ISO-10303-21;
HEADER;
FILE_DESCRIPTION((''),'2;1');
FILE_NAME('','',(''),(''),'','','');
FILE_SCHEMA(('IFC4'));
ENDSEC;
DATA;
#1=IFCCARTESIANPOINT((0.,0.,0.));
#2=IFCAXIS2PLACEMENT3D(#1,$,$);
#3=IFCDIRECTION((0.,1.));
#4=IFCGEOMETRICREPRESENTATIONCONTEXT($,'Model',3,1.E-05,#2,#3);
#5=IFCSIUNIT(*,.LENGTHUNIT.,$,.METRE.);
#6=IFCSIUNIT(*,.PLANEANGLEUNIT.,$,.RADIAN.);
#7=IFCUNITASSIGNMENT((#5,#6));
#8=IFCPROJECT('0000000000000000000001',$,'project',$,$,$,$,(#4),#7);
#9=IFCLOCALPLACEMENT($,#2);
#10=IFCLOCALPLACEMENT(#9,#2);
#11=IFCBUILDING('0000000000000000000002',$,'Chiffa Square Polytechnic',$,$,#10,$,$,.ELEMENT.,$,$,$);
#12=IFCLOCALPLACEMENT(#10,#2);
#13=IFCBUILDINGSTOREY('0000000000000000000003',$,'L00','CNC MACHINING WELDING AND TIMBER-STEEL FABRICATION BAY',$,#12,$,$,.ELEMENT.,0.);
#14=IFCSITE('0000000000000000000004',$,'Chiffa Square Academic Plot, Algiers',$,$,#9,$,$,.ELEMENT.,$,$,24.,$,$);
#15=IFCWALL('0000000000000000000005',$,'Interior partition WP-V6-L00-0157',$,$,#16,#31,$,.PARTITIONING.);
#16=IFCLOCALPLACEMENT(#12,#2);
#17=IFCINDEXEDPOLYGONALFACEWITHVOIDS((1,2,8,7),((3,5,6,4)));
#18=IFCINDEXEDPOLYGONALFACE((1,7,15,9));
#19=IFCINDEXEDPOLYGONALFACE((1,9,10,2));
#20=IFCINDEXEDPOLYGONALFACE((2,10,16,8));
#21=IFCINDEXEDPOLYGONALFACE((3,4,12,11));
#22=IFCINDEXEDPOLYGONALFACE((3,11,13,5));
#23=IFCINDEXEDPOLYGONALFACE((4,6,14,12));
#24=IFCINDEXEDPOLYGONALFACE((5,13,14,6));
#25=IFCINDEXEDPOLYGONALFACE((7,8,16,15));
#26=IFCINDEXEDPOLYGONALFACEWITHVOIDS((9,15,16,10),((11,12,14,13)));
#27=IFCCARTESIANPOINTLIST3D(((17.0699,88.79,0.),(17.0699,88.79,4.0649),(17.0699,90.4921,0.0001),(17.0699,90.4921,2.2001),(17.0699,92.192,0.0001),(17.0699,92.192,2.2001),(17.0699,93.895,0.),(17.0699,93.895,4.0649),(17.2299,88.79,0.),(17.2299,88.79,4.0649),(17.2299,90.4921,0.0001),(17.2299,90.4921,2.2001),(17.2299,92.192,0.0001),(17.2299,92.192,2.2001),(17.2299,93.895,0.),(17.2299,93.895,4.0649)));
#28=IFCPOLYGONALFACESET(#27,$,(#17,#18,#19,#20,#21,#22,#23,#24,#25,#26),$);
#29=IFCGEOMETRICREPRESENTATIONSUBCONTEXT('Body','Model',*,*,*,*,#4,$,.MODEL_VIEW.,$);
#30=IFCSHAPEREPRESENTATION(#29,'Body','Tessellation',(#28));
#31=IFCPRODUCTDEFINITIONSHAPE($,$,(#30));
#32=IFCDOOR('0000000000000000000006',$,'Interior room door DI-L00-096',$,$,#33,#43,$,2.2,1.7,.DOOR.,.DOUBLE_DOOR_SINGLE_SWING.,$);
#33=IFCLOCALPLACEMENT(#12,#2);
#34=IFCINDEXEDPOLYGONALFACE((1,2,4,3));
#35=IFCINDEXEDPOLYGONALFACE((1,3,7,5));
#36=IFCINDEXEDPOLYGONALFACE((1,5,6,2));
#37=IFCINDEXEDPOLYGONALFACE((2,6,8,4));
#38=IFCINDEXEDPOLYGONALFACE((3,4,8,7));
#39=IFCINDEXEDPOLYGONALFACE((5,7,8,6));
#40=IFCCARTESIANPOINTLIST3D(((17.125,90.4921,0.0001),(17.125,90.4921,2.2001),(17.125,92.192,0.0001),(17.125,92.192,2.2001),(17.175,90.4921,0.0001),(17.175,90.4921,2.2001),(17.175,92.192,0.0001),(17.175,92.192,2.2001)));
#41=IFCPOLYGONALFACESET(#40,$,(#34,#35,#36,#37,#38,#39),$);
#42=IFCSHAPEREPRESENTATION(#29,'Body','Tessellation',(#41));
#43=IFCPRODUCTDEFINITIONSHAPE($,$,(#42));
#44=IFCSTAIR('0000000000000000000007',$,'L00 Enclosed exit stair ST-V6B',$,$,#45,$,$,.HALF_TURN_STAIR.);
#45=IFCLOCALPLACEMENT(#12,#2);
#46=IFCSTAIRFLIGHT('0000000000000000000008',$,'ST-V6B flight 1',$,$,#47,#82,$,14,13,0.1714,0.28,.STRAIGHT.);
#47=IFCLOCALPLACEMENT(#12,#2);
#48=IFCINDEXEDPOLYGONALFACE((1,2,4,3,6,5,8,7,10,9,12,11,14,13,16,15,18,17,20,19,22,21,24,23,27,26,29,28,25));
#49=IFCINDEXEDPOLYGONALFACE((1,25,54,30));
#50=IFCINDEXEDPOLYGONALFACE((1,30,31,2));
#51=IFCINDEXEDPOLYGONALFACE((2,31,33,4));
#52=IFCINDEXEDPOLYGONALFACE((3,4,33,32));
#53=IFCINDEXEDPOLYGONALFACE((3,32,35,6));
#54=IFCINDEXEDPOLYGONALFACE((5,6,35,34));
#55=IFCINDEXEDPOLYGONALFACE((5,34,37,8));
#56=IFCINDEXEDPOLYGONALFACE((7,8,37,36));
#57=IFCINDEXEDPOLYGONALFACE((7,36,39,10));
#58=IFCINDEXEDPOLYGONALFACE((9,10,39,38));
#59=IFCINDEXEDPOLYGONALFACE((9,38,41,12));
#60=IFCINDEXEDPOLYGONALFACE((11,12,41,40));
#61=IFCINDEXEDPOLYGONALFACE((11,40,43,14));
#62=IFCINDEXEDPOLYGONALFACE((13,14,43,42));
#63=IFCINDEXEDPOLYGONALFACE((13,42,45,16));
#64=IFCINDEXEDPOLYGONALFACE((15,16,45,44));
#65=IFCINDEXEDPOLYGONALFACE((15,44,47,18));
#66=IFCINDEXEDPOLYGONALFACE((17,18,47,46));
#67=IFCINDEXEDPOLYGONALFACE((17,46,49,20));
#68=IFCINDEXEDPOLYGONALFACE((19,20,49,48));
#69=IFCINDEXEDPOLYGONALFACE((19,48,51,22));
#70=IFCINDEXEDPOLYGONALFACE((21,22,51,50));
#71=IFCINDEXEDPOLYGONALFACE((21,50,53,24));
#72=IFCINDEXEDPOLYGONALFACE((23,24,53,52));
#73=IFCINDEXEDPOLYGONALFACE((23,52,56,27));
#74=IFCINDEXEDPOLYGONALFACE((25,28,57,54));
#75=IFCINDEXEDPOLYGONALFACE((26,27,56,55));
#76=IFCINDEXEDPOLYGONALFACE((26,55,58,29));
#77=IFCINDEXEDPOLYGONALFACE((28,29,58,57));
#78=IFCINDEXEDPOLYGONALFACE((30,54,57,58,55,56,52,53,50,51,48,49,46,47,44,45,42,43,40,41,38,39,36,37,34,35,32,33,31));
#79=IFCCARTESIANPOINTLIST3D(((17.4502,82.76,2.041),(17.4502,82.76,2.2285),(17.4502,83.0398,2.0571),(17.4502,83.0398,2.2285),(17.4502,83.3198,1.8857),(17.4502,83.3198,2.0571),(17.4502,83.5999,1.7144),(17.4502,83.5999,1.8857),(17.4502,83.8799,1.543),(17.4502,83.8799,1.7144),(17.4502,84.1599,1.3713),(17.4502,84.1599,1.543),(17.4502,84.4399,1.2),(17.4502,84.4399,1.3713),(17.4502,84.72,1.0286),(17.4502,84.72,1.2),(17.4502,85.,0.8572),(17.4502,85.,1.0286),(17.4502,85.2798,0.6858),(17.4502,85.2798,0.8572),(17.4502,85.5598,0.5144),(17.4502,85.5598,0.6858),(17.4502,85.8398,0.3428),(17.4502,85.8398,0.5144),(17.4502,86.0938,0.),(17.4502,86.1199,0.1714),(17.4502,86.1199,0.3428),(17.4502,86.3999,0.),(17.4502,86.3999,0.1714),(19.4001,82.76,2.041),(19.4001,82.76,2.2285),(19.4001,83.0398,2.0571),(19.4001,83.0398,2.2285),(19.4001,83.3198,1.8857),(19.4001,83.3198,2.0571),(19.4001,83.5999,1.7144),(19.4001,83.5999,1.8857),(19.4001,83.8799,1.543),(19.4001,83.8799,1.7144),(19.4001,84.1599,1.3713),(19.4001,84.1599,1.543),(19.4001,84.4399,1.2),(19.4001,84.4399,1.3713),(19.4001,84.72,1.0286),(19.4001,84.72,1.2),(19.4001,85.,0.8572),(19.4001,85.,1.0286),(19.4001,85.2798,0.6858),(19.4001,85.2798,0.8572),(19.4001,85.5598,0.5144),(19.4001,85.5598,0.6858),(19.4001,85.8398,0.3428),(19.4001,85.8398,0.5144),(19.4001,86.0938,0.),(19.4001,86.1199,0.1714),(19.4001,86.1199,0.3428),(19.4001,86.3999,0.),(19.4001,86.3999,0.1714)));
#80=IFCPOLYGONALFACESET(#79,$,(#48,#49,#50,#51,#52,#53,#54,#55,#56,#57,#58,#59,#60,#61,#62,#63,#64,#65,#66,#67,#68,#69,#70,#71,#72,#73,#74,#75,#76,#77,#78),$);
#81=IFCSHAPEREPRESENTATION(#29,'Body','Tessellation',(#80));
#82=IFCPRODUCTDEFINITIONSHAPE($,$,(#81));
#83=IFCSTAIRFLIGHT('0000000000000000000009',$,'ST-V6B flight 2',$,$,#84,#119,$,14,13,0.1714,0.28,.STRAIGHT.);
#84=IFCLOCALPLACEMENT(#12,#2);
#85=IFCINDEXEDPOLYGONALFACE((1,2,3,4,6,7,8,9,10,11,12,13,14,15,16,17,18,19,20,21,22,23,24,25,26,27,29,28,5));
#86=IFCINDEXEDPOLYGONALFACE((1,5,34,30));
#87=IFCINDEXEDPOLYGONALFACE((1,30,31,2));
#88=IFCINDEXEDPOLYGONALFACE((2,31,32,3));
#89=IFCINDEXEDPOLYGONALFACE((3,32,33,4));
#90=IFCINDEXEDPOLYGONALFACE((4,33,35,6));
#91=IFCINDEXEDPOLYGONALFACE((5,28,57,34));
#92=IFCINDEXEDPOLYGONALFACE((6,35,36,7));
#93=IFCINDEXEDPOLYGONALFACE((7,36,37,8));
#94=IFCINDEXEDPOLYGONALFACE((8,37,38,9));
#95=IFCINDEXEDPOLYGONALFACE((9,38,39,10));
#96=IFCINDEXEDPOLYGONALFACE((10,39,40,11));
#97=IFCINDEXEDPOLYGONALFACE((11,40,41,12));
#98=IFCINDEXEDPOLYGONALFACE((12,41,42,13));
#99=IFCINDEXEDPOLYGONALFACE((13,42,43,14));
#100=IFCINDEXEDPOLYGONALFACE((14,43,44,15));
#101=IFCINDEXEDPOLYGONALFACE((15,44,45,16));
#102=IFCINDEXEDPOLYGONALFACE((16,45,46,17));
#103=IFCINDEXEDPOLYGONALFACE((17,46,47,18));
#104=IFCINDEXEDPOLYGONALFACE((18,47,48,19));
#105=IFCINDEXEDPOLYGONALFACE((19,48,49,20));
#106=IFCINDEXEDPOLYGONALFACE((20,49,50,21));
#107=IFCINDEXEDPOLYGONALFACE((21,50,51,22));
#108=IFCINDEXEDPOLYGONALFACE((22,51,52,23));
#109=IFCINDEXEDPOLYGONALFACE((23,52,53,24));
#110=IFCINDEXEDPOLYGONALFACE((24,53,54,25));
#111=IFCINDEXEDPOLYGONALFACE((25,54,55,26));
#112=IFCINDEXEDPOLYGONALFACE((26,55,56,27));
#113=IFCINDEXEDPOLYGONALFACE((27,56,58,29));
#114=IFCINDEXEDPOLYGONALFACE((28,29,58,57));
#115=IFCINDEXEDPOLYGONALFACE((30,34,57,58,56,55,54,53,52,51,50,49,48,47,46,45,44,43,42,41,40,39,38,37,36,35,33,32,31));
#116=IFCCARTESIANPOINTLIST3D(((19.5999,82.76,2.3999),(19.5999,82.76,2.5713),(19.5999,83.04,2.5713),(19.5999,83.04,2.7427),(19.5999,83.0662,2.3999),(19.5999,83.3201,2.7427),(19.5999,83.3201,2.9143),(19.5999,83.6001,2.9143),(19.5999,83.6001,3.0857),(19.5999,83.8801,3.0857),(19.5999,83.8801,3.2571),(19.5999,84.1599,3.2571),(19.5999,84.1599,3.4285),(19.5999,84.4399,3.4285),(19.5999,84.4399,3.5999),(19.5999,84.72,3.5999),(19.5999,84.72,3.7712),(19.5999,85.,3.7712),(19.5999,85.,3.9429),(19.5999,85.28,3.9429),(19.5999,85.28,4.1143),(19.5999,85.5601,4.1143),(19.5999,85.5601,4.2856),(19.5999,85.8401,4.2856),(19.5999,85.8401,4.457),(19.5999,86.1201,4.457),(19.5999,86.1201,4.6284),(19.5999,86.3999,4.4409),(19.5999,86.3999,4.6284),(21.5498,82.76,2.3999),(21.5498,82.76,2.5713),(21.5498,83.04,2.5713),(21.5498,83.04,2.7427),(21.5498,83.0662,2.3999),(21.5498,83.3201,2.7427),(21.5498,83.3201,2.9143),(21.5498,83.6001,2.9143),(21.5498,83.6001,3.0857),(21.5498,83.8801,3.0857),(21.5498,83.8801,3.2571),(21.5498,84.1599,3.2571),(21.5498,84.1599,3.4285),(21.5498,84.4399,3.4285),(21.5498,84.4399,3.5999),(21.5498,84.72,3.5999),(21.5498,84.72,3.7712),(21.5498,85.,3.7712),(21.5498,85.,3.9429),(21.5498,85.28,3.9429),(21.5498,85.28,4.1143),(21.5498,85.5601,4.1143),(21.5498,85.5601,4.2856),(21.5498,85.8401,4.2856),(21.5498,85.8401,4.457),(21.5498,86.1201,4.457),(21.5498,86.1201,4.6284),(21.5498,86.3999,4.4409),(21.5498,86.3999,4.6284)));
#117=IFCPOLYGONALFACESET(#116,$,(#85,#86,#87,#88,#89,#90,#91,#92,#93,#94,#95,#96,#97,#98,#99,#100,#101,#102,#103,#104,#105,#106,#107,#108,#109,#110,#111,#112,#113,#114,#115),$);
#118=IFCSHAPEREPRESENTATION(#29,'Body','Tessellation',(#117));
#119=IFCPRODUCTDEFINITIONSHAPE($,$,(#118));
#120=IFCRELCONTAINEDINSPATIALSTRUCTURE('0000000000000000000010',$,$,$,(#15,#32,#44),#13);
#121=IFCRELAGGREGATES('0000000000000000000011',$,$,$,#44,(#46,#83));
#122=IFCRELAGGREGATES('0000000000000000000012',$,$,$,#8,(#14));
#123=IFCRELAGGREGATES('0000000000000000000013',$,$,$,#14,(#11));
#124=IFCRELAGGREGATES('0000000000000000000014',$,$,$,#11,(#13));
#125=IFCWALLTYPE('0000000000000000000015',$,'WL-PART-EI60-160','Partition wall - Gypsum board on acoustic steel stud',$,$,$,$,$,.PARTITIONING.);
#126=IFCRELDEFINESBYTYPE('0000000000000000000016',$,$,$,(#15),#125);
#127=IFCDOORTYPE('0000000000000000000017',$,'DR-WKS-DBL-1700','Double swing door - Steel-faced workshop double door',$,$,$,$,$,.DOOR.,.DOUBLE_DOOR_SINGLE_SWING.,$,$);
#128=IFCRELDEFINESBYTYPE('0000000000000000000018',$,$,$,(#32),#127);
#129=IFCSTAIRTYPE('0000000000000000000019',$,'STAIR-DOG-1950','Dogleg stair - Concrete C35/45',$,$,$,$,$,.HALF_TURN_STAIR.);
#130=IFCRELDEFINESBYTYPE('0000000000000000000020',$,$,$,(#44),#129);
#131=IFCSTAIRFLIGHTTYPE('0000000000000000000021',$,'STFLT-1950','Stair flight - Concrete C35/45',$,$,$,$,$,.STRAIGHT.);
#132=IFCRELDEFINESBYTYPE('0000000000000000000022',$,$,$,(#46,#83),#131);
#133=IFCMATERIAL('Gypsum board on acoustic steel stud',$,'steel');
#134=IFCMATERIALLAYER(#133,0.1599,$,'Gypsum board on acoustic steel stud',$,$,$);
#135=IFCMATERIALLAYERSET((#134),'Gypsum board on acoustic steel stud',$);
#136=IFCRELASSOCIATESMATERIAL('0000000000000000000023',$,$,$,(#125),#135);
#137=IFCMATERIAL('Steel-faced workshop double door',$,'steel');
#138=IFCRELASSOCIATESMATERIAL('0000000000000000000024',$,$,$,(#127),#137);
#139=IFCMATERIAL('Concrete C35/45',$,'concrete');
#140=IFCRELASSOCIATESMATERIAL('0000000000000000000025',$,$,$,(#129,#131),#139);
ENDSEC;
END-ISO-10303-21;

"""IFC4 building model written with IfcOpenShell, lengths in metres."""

from ifc_helpers import new_model, si_unit, direction, frame, frame_2d, origin, place, context, subcontext, project, spatial, polyline, rectangle, outline, extrude, material, layer, layer_set, type_object, element, fill, aggregate, save


model = new_model("IFC4")

# Units and contexts
model_context = context("Model", 3, precision=1e-05, world=origin(), true_north=direction((0.0, 1.0)))
body_context = subcontext(model_context, "Body", "Model", "MODEL_VIEW")
ifc_project = project(units=[si_unit("LENGTHUNIT", "METRE"), si_unit("PLANEANGLEUNIT", "RADIAN")], contexts=[model_context])

# Site, building, storey
site_placement = place(None, origin())
site = spatial("IfcSite", under=ifc_project, at=site_placement, Name="Chiffa Square Academic Plot, Algiers", CompositionType="ELEMENT", RefElevation=24.0)
building_placement = place(site_placement, origin())
building = spatial("IfcBuilding", under=site, at=building_placement, Name="Chiffa Square Polytechnic", CompositionType="ELEMENT")
storey_placement = place(building_placement, origin())
storey = spatial("IfcBuildingStorey", under=building, at=storey_placement, Name="L00", Description="CNC MACHINING WELDING AND TIMBER-STEEL FABRICATION BAY", CompositionType="ELEMENT", Elevation=0.0)

# Shared definitions
ifc_material_1 = material(Name="Concrete C35/45", Category="concrete")

# Wall, opening, door
ifc_material_2 = material(Name="Gypsum board on acoustic steel stud", Category="steel")
ifc_layer_1 = layer(ifc_material_2, 0.1599, Name="Gypsum board on acoustic steel stud")
ifc_layer_set_1 = layer_set([ifc_layer_1], Name="Gypsum board on acoustic steel stud")
wall_type_1 = type_object("IfcWallType", Name="WL-PART-EI60-160", Description="Partition wall - Gypsum board on acoustic steel stud", PredefinedType="PARTITIONING", material=ifc_layer_set_1)
wall_1_placement = place(storey_placement, frame((17.1499, 88.79, 0.0), z_axis=(0.0, 0.0, 1.0), x_axis=(0.0, 1.0, 0.0)))
wall_1 = element("IfcWall", 1, at=wall_1_placement, inside=storey, type_object=wall_type_1, Name="Interior partition WP-V6-L00-0157", PredefinedType="PARTITIONING", context=body_context, shape_type="SweptSolid", body=[
    extrude(rectangle(XDim=5.105, YDim=0.1599, at=frame_2d((2.5525, 0.0))), origin(), (0.0, 0.0, 1.0), 4.0649),
])
opening_1_placement = place(wall_1_placement, frame((1.7019, 0.0, 0.0)))
opening_1 = element("IfcOpeningElement", 2, at=opening_1_placement, cuts=wall_1, PredefinedType="OPENING", context=body_context, shape_type="SweptSolid", body=[
    extrude(rectangle(XDim=1.7, YDim=2.2, at=frame_2d((0.8501, 1.1001))), frame((0.0, 0.0898, 0.0), z_axis=(0.0, -1.0, 0.0), x_axis=(1.0, 0.0, 0.0)), (0.0, 0.0, 1.0), 0.1799),
])
ifc_material_3 = material(Name="Steel-faced workshop double door", Category="steel")
door_type_1 = type_object("IfcDoorType", Name="DR-WKS-DBL-1700", Description="Double swing door - Steel-faced workshop double door", OperationType="DOUBLE_DOOR_SINGLE_SWING", PredefinedType="DOOR", material=ifc_material_3)
door_1_placement = place(opening_1_placement, origin())
door_1 = element("IfcDoor", 3, at=door_1_placement, inside=storey, type_object=door_type_1, Name="Interior room door DI-L00-096", OperationType="DOUBLE_DOOR_SINGLE_SWING", OverallHeight=2.2, OverallWidth=1.7, PredefinedType="DOOR", context=body_context, shape_type="SweptSolid", body=[
    extrude(rectangle(XDim=1.7, YDim=2.2, at=frame_2d((0.8501, 1.1001))), frame((0.0, 0.0249, 0.0), z_axis=(0.0, -1.0, 0.0), x_axis=(1.0, 0.0, 0.0)), (0.0, 0.0, 1.0), 0.05),
])
fill(opening_1, door_1)

# Stair, stair flights
stair_type = type_object("IfcStairType", Name="STAIR-DOG-1950", Description="Dogleg stair - Concrete C35/45", PredefinedType="HALF_TURN_STAIR", material=ifc_material_1)
stair_placement = place(storey_placement, origin())
stair = element("IfcStair", 4, at=stair_placement, inside=storey, type_object=stair_type, Name="L00 Enclosed exit stair ST-V6B", PredefinedType="HALF_TURN_STAIR")
stair_flight_type = type_object("IfcStairFlightType", Name="STFLT-1950", Description="Stair flight - Concrete C35/45", PredefinedType="STRAIGHT", material=ifc_material_1)
stair_flight_1_placement = place(storey_placement, frame((18.425, 86.3999, 0.0), z_axis=(0.0, 0.0, 1.0), x_axis=(0.0, -1.0, 0.0)))
stair_flight_1 = element("IfcStairFlight", 5, at=stair_flight_1_placement, type_object=stair_flight_type, Name="ST-V6B flight 1", NumberOfRisers=14, NumberOfTreads=13, PredefinedType="STRAIGHT", RiserHeight=0.1714, TreadLength=0.28, context=body_context, shape_type="SweptSolid", body=[
    extrude(outline(polyline([(0.0, 0.0), (0.0, 0.1714), (0.28, 0.1714), (0.28, 0.3428), (0.5601, 0.3428), (0.5601, 0.5144), (0.8401, 0.5144), (0.8401, 0.6858), (1.1201, 0.6858), (1.1201, 0.8572), (1.3999, 0.8572), (1.3999, 1.0286), (1.6799, 1.0286), (1.6799, 1.2), (1.96, 1.2), (1.96, 1.3713), (2.24, 1.3713), (2.24, 1.543), (2.52, 1.543), (2.52, 1.7144), (2.8, 1.7144), (2.8, 1.8857), (3.0801, 1.8857), (3.0801, 2.0571), (3.3601, 2.0571), (3.3601, 2.2285), (3.6399, 2.2285), (3.6399, 2.3999), (3.6399, 2.041), (0.3062, 0.0), (0.0, 0.0)])), frame((0.0, 0.9751, 0.0), z_axis=(0.0, -1.0, 0.0), x_axis=(1.0, 0.0, 0.0)), (0.0, 0.0, 1.0), 1.95),
])
stair_flight_2_placement = place(storey_placement, frame((20.575, 82.76, 2.3999), z_axis=(0.0, 0.0, 1.0), x_axis=(0.0, 1.0, 0.0)))
stair_flight_2 = element("IfcStairFlight", 6, at=stair_flight_2_placement, type_object=stair_flight_type, Name="ST-V6B flight 2", NumberOfRisers=14, NumberOfTreads=13, PredefinedType="STRAIGHT", RiserHeight=0.1714, TreadLength=0.28, context=body_context, shape_type="SweptSolid", body=[
    extrude(outline(polyline([(0.0, 0.0), (0.0, 0.1714), (0.28, 0.1714), (0.28, 0.3428), (0.5601, 0.3428), (0.5601, 0.5144), (0.8401, 0.5144), (0.8401, 0.6858), (1.1201, 0.6858), (1.1201, 0.8572), (1.3999, 0.8572), (1.3999, 1.0286), (1.6799, 1.0286), (1.6799, 1.2), (1.96, 1.2), (1.96, 1.3713), (2.24, 1.3713), (2.24, 1.543), (2.52, 1.543), (2.52, 1.7144), (2.8, 1.7144), (2.8, 1.8857), (3.0801, 1.8857), (3.0801, 2.0571), (3.3601, 2.0571), (3.3601, 2.2285), (3.6399, 2.2285), (3.6399, 2.3999), (3.6399, 2.041), (0.3062, 0.0), (0.0, 0.0)])), frame((0.0, 0.9751, 0.0), z_axis=(0.0, -1.0, 0.0), x_axis=(1.0, 0.0, 0.0)), (0.0, 0.0, 1.0), 1.95),
])
aggregate(stair, [stair_flight_1, stair_flight_2])

save(model, "model.ifc")
